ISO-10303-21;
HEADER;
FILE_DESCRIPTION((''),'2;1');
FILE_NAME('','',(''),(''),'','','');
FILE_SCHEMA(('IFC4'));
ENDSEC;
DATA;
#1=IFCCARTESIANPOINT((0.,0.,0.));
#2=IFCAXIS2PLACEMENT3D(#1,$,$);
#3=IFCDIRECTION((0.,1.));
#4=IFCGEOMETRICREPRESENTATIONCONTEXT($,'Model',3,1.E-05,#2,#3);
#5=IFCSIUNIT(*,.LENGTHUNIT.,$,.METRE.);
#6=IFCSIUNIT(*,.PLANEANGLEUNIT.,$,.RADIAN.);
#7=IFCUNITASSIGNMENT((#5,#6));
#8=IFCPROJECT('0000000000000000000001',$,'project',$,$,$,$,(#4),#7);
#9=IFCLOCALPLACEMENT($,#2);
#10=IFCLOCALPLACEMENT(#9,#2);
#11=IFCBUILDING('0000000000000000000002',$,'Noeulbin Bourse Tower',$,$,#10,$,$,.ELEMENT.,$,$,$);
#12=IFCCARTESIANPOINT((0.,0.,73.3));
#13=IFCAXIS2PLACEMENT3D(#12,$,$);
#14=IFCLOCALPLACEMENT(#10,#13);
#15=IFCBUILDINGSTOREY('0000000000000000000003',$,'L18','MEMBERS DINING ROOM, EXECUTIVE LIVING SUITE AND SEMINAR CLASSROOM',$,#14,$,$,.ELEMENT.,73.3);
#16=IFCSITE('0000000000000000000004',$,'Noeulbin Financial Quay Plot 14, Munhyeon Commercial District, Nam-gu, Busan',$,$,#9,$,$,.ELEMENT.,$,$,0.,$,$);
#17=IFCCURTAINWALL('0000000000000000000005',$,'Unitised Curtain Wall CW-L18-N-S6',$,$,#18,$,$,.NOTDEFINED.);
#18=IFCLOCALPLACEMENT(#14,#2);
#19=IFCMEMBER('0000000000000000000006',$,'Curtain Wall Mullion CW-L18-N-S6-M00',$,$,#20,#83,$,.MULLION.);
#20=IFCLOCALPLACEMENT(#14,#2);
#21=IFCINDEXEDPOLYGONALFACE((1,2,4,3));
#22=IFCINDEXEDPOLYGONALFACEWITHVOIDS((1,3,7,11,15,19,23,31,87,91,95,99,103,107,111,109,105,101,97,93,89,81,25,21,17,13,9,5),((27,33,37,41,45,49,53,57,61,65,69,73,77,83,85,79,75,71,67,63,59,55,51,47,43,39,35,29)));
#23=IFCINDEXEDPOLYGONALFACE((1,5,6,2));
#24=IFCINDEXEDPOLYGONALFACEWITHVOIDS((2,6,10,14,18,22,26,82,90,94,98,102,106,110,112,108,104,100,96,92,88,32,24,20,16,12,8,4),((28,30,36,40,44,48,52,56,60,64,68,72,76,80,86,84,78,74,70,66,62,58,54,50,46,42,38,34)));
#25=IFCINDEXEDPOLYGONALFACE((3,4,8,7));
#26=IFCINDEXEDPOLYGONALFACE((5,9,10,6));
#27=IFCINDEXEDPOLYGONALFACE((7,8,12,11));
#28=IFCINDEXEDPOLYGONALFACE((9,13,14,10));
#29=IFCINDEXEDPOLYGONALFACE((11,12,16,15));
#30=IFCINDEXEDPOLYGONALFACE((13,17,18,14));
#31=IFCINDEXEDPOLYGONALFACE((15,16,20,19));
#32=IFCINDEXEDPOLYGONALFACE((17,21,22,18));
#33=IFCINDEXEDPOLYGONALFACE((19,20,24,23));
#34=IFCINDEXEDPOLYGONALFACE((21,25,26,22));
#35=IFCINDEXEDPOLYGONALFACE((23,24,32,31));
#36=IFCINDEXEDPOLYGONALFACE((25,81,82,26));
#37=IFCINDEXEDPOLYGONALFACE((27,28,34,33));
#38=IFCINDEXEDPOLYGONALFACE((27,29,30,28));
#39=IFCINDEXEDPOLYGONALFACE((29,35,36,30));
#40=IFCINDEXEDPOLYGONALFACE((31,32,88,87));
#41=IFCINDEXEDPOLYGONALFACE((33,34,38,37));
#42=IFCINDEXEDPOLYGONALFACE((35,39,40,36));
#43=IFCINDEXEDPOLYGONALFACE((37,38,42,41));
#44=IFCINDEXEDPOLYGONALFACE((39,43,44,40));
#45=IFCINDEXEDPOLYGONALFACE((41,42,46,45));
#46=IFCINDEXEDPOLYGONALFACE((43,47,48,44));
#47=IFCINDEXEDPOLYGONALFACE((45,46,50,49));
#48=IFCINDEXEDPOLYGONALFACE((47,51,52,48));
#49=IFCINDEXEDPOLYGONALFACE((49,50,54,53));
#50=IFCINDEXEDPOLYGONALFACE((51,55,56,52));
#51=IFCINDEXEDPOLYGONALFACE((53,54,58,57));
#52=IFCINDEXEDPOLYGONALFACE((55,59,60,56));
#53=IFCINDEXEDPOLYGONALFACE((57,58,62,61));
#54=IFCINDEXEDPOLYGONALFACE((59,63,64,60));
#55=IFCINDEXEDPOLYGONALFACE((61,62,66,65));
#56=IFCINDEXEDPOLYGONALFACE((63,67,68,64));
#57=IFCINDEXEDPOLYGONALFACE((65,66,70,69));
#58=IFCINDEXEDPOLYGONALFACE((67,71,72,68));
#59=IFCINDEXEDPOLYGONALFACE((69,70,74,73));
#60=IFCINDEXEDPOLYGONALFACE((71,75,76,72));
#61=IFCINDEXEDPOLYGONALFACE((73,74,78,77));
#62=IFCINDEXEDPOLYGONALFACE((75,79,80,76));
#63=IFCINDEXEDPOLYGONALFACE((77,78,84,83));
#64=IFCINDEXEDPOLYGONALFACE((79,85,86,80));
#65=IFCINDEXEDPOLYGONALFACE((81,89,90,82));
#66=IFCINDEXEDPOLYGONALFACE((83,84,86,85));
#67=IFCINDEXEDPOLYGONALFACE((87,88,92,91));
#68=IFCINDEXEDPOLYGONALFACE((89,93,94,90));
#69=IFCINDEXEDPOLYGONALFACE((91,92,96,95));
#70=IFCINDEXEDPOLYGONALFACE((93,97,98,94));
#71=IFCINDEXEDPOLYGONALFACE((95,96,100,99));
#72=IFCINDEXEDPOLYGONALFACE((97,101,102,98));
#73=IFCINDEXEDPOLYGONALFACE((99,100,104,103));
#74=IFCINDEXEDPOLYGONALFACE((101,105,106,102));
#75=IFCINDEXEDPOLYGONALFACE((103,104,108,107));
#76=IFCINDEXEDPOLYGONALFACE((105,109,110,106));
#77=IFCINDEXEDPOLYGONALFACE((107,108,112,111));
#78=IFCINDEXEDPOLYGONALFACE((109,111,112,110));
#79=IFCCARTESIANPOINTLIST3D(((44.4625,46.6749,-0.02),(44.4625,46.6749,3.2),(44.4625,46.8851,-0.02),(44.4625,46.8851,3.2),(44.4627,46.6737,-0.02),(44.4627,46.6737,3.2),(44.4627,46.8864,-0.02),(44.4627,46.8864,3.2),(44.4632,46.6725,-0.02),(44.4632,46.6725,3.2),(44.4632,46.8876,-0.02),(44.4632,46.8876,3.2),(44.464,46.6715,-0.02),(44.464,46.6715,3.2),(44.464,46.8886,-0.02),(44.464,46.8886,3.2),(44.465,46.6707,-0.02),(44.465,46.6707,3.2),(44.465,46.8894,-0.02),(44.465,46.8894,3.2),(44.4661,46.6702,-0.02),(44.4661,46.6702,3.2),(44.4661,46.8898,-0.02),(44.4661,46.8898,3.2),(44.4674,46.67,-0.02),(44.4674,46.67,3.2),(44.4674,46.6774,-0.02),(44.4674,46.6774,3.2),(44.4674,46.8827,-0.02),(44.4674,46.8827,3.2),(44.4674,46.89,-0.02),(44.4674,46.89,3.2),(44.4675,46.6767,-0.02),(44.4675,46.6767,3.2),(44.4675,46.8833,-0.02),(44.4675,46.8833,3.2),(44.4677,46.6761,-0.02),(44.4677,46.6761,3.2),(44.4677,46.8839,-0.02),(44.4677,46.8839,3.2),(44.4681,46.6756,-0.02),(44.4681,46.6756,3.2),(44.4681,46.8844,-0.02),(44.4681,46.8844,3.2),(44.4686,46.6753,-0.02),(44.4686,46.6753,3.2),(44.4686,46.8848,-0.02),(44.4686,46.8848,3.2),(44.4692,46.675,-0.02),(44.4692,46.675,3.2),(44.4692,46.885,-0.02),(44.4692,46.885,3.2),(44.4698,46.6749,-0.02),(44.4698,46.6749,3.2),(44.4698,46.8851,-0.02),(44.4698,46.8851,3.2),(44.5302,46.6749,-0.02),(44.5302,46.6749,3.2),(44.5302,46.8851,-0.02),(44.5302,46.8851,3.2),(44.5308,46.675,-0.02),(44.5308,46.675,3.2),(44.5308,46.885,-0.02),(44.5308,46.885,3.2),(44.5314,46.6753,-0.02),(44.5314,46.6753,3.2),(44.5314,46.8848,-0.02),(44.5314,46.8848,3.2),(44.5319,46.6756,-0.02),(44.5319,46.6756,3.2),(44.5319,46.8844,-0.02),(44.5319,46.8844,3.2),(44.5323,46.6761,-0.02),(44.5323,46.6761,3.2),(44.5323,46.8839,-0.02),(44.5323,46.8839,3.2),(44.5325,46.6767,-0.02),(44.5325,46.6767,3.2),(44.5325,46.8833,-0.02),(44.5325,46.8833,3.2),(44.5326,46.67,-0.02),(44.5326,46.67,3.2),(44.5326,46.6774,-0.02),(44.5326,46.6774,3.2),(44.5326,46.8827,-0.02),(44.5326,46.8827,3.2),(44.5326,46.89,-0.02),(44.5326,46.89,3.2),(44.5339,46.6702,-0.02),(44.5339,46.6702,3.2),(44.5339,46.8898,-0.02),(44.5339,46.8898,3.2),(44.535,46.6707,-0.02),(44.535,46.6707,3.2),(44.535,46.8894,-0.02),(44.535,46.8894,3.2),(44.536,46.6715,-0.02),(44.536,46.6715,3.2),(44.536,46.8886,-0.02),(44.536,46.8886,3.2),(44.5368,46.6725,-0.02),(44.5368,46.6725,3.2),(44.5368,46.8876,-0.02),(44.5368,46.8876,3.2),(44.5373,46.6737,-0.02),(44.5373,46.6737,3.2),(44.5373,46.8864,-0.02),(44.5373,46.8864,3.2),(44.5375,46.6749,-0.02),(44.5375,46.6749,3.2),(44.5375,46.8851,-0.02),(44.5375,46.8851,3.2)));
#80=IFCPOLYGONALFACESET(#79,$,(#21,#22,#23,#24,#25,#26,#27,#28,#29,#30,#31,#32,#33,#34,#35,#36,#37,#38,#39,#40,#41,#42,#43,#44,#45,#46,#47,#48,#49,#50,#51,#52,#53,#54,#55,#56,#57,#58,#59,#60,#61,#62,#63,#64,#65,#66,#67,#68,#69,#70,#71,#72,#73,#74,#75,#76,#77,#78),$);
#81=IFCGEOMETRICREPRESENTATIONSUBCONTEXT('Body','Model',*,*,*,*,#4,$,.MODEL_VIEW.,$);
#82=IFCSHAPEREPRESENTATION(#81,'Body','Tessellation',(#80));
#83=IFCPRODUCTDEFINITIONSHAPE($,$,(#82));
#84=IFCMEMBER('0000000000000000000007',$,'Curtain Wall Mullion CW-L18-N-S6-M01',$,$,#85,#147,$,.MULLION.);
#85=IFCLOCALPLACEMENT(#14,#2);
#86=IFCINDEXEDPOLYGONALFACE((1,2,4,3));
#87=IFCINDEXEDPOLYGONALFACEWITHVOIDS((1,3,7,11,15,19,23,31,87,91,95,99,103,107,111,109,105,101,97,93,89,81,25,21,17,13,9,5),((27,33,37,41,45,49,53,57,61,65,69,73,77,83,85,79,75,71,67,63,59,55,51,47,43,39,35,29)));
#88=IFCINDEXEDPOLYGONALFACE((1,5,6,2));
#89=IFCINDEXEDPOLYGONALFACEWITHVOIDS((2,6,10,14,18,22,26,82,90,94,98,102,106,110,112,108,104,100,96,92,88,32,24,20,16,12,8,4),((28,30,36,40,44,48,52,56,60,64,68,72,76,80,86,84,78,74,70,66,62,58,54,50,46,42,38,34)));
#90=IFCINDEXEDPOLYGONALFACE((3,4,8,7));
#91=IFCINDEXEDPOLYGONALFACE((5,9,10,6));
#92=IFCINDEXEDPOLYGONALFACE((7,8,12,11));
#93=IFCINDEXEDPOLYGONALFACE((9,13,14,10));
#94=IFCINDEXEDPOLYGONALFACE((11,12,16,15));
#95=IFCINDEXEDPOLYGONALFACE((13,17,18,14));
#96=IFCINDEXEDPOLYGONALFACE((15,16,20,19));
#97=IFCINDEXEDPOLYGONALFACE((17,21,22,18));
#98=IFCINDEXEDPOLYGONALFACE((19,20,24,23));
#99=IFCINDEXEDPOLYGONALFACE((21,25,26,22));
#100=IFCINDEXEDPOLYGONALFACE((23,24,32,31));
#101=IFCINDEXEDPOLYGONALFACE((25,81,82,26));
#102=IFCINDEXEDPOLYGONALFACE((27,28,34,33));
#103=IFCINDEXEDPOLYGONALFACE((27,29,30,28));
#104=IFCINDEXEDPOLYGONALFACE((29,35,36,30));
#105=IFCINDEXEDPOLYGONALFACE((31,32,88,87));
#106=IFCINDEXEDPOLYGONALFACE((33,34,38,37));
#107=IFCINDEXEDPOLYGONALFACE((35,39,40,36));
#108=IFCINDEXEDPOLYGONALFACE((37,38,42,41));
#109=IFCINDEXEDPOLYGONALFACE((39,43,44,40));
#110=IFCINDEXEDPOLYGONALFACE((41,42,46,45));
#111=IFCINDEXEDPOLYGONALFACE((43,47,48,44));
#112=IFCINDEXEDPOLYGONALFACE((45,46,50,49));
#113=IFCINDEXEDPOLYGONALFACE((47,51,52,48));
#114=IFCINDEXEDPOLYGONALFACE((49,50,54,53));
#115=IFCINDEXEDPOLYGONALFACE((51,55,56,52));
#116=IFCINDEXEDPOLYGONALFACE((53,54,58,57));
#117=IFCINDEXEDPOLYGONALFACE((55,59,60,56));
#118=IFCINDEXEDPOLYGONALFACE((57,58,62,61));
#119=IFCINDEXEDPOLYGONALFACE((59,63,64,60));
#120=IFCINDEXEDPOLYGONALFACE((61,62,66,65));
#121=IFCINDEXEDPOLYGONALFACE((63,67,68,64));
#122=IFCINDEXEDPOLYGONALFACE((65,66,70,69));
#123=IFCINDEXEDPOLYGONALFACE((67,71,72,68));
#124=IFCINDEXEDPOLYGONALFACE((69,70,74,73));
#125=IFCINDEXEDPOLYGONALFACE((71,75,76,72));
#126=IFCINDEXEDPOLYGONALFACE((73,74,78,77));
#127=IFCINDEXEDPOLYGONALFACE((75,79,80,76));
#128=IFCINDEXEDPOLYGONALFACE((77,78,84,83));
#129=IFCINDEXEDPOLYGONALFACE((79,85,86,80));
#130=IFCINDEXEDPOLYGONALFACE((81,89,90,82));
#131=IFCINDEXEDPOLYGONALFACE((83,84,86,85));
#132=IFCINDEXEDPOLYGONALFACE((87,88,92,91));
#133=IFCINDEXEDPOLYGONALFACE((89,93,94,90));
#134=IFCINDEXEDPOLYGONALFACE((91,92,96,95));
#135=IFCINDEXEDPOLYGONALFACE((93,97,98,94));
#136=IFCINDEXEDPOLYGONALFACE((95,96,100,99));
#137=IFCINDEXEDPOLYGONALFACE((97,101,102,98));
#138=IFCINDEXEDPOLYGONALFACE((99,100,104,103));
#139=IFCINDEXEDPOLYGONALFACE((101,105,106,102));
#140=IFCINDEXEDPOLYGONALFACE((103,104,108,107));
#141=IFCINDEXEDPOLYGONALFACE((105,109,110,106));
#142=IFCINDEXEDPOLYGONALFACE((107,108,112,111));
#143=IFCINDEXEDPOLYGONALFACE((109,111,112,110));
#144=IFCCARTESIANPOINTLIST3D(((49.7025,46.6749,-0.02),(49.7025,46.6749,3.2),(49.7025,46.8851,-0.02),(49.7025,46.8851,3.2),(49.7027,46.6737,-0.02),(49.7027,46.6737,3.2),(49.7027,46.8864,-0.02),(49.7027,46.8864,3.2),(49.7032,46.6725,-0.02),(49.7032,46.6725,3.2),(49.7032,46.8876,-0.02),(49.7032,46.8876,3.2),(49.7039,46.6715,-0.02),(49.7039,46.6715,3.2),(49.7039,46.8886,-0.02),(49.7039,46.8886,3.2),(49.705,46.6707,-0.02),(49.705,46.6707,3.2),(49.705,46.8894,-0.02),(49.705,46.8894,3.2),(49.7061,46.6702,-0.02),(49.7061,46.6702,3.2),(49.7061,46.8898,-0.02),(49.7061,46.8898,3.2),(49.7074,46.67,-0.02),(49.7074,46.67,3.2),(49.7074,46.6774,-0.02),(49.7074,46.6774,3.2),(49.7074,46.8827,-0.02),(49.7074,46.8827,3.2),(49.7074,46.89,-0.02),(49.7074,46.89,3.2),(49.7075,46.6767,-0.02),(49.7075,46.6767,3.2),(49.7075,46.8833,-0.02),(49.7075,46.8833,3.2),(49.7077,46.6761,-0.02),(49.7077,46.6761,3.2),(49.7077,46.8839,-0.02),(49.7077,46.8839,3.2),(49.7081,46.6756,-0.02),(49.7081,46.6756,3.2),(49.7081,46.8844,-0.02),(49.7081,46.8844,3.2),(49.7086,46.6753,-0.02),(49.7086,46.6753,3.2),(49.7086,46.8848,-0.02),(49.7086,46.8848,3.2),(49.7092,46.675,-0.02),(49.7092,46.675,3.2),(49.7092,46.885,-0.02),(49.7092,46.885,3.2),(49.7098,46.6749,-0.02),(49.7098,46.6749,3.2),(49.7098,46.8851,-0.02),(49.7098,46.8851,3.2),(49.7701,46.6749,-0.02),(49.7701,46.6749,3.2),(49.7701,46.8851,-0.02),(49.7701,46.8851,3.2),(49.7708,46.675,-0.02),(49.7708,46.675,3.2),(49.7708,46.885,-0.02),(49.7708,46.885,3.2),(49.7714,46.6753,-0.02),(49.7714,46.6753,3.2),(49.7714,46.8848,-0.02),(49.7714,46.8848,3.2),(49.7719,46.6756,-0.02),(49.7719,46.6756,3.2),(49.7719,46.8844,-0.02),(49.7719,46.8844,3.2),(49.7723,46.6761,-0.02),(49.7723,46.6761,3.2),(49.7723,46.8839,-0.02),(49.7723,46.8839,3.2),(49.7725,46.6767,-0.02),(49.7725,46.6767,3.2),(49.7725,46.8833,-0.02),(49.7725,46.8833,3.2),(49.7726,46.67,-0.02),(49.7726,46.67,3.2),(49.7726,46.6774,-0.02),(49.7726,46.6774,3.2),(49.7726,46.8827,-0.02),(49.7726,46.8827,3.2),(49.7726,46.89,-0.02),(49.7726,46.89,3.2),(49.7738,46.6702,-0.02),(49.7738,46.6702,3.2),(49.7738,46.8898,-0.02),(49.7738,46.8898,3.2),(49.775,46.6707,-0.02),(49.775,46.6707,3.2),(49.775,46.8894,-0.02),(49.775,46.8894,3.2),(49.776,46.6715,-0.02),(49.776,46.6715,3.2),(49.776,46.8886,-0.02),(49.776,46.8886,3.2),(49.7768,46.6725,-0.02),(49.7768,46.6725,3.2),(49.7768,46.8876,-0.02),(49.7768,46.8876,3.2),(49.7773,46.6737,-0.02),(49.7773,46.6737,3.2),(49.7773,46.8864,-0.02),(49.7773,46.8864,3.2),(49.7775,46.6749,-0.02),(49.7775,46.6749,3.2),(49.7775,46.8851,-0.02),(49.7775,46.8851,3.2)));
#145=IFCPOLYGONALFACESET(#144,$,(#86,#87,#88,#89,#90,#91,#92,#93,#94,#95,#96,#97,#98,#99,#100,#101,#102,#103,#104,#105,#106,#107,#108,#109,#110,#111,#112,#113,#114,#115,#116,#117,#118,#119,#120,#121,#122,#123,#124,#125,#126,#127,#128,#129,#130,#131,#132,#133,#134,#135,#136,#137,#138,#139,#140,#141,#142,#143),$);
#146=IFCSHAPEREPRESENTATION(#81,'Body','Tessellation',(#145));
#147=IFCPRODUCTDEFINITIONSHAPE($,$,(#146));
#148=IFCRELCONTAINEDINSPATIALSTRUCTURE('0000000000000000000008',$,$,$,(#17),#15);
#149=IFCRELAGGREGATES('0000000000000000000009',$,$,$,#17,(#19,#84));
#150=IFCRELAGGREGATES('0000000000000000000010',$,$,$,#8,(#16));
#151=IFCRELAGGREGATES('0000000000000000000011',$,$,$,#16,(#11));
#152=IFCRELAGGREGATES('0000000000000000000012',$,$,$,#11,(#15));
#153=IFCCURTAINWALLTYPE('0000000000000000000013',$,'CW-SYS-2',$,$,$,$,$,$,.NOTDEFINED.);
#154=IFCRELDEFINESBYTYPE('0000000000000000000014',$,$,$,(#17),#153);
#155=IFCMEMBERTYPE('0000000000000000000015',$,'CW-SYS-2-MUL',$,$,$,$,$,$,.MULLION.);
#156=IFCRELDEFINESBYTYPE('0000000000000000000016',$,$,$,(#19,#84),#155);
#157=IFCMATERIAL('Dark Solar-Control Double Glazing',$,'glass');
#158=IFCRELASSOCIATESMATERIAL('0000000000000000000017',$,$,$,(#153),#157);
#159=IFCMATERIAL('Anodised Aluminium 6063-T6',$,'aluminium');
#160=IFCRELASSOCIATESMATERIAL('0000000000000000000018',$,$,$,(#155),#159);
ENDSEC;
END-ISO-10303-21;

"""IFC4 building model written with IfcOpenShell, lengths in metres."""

from ifc_helpers import new_model, si_unit, direction, frame, origin, origin_2d, place, context, subcontext, project, spatial, hollow_rectangle, extrude, material, material_profile, profile_set, type_object, element, aggregate, save


model = new_model("IFC4")

# Units and contexts
model_context = context("Model", 3, precision=1e-05, world=origin(), true_north=direction((0.0, 1.0)))
body_context = subcontext(model_context, "Body", "Model", "MODEL_VIEW")
ifc_project = project(units=[si_unit("LENGTHUNIT", "METRE"), si_unit("PLANEANGLEUNIT", "RADIAN")], contexts=[model_context])

# Site, building, storey
site_placement = place(None, origin())
site = spatial("IfcSite", under=ifc_project, at=site_placement, Name="Noeulbin Financial Quay Plot 14, Munhyeon Commercial District, Nam-gu, Busan", CompositionType="ELEMENT", RefElevation=0.0)
building_placement = place(site_placement, origin())
building = spatial("IfcBuilding", under=site, at=building_placement, Name="Noeulbin Bourse Tower", CompositionType="ELEMENT")
storey_placement = place(building_placement, frame((0.0, 0.0, 73.3)))
storey = spatial("IfcBuildingStorey", under=building, at=storey_placement, Name="L18", Description="MEMBERS DINING ROOM, EXECUTIVE LIVING SUITE AND SEMINAR CLASSROOM", CompositionType="ELEMENT", Elevation=73.3)

# Shared definitions
ifc_material_1 = material(Name="Dark Solar-Control Double Glazing", Category="glass")
curtain_wall_type = type_object("IfcCurtainWallType", Name="CW-SYS-2", PredefinedType="NOTDEFINED", material=ifc_material_1)
ifc_material_2 = material(Name="Anodised Aluminium 6063-T6", Category="aluminium")
ifc_material_profile_1 = material_profile(ifc_material_2, hollow_rectangle(XDim=0.075, YDim=0.22, WallThickness=0.0049, InnerFilletRadius=0.0024, OuterFilletRadius=0.0049, at=origin_2d()), Name="ALU-MULL-75x220x5", Category="LoadBearing")
ifc_profile_set_1 = profile_set([ifc_material_profile_1], Name="Anodised Aluminium 6063-T6")
member_type_1 = type_object("IfcMemberType", Name="CW-SYS-2-MUL", PredefinedType="MULLION", material=ifc_profile_set_1)

# Curtain wall, members
curtain_wall_1_placement = place(storey_placement, origin())
curtain_wall_1 = element("IfcCurtainWall", 1, at=curtain_wall_1_placement, inside=storey, type_object=curtain_wall_type, Name="Unitised Curtain Wall CW-L18-N-S6", PredefinedType="NOTDEFINED")
member_1_placement = place(storey_placement, frame((44.5, 46.78, -0.02), z_axis=(0.0, 0.0, 1.0), x_axis=(1.0, 0.0, 0.0)))
member_1 = element("IfcMember", 2, at=member_1_placement, type_object=member_type_1, Name="Curtain Wall Mullion CW-L18-N-S6-M00", PredefinedType="MULLION", context=body_context, shape_type="SweptSolid", body=[
    extrude(hollow_rectangle(XDim=0.075, YDim=0.22, WallThickness=0.0049, InnerFilletRadius=0.0024, OuterFilletRadius=0.0049, at=origin_2d()), origin(), (0.0, 0.0, 1.0), 3.22),
])
member_2_placement = place(storey_placement, frame((49.74, 46.78, -0.02), z_axis=(0.0, 0.0, 1.0), x_axis=(1.0, 0.0, 0.0)))
member_2 = element("IfcMember", 3, at=member_2_placement, type_object=member_type_1, Name="Curtain Wall Mullion CW-L18-N-S6-M01", PredefinedType="MULLION", context=body_context, shape_type="SweptSolid", body=[
    extrude(hollow_rectangle(XDim=0.075, YDim=0.22, WallThickness=0.0049, InnerFilletRadius=0.0024, OuterFilletRadius=0.0049, at=origin_2d()), origin(), (0.0, 0.0, 1.0), 3.22),
])

aggregate(curtain_wall_1, [member_1, member_2])

save(model, "model.ifc")
